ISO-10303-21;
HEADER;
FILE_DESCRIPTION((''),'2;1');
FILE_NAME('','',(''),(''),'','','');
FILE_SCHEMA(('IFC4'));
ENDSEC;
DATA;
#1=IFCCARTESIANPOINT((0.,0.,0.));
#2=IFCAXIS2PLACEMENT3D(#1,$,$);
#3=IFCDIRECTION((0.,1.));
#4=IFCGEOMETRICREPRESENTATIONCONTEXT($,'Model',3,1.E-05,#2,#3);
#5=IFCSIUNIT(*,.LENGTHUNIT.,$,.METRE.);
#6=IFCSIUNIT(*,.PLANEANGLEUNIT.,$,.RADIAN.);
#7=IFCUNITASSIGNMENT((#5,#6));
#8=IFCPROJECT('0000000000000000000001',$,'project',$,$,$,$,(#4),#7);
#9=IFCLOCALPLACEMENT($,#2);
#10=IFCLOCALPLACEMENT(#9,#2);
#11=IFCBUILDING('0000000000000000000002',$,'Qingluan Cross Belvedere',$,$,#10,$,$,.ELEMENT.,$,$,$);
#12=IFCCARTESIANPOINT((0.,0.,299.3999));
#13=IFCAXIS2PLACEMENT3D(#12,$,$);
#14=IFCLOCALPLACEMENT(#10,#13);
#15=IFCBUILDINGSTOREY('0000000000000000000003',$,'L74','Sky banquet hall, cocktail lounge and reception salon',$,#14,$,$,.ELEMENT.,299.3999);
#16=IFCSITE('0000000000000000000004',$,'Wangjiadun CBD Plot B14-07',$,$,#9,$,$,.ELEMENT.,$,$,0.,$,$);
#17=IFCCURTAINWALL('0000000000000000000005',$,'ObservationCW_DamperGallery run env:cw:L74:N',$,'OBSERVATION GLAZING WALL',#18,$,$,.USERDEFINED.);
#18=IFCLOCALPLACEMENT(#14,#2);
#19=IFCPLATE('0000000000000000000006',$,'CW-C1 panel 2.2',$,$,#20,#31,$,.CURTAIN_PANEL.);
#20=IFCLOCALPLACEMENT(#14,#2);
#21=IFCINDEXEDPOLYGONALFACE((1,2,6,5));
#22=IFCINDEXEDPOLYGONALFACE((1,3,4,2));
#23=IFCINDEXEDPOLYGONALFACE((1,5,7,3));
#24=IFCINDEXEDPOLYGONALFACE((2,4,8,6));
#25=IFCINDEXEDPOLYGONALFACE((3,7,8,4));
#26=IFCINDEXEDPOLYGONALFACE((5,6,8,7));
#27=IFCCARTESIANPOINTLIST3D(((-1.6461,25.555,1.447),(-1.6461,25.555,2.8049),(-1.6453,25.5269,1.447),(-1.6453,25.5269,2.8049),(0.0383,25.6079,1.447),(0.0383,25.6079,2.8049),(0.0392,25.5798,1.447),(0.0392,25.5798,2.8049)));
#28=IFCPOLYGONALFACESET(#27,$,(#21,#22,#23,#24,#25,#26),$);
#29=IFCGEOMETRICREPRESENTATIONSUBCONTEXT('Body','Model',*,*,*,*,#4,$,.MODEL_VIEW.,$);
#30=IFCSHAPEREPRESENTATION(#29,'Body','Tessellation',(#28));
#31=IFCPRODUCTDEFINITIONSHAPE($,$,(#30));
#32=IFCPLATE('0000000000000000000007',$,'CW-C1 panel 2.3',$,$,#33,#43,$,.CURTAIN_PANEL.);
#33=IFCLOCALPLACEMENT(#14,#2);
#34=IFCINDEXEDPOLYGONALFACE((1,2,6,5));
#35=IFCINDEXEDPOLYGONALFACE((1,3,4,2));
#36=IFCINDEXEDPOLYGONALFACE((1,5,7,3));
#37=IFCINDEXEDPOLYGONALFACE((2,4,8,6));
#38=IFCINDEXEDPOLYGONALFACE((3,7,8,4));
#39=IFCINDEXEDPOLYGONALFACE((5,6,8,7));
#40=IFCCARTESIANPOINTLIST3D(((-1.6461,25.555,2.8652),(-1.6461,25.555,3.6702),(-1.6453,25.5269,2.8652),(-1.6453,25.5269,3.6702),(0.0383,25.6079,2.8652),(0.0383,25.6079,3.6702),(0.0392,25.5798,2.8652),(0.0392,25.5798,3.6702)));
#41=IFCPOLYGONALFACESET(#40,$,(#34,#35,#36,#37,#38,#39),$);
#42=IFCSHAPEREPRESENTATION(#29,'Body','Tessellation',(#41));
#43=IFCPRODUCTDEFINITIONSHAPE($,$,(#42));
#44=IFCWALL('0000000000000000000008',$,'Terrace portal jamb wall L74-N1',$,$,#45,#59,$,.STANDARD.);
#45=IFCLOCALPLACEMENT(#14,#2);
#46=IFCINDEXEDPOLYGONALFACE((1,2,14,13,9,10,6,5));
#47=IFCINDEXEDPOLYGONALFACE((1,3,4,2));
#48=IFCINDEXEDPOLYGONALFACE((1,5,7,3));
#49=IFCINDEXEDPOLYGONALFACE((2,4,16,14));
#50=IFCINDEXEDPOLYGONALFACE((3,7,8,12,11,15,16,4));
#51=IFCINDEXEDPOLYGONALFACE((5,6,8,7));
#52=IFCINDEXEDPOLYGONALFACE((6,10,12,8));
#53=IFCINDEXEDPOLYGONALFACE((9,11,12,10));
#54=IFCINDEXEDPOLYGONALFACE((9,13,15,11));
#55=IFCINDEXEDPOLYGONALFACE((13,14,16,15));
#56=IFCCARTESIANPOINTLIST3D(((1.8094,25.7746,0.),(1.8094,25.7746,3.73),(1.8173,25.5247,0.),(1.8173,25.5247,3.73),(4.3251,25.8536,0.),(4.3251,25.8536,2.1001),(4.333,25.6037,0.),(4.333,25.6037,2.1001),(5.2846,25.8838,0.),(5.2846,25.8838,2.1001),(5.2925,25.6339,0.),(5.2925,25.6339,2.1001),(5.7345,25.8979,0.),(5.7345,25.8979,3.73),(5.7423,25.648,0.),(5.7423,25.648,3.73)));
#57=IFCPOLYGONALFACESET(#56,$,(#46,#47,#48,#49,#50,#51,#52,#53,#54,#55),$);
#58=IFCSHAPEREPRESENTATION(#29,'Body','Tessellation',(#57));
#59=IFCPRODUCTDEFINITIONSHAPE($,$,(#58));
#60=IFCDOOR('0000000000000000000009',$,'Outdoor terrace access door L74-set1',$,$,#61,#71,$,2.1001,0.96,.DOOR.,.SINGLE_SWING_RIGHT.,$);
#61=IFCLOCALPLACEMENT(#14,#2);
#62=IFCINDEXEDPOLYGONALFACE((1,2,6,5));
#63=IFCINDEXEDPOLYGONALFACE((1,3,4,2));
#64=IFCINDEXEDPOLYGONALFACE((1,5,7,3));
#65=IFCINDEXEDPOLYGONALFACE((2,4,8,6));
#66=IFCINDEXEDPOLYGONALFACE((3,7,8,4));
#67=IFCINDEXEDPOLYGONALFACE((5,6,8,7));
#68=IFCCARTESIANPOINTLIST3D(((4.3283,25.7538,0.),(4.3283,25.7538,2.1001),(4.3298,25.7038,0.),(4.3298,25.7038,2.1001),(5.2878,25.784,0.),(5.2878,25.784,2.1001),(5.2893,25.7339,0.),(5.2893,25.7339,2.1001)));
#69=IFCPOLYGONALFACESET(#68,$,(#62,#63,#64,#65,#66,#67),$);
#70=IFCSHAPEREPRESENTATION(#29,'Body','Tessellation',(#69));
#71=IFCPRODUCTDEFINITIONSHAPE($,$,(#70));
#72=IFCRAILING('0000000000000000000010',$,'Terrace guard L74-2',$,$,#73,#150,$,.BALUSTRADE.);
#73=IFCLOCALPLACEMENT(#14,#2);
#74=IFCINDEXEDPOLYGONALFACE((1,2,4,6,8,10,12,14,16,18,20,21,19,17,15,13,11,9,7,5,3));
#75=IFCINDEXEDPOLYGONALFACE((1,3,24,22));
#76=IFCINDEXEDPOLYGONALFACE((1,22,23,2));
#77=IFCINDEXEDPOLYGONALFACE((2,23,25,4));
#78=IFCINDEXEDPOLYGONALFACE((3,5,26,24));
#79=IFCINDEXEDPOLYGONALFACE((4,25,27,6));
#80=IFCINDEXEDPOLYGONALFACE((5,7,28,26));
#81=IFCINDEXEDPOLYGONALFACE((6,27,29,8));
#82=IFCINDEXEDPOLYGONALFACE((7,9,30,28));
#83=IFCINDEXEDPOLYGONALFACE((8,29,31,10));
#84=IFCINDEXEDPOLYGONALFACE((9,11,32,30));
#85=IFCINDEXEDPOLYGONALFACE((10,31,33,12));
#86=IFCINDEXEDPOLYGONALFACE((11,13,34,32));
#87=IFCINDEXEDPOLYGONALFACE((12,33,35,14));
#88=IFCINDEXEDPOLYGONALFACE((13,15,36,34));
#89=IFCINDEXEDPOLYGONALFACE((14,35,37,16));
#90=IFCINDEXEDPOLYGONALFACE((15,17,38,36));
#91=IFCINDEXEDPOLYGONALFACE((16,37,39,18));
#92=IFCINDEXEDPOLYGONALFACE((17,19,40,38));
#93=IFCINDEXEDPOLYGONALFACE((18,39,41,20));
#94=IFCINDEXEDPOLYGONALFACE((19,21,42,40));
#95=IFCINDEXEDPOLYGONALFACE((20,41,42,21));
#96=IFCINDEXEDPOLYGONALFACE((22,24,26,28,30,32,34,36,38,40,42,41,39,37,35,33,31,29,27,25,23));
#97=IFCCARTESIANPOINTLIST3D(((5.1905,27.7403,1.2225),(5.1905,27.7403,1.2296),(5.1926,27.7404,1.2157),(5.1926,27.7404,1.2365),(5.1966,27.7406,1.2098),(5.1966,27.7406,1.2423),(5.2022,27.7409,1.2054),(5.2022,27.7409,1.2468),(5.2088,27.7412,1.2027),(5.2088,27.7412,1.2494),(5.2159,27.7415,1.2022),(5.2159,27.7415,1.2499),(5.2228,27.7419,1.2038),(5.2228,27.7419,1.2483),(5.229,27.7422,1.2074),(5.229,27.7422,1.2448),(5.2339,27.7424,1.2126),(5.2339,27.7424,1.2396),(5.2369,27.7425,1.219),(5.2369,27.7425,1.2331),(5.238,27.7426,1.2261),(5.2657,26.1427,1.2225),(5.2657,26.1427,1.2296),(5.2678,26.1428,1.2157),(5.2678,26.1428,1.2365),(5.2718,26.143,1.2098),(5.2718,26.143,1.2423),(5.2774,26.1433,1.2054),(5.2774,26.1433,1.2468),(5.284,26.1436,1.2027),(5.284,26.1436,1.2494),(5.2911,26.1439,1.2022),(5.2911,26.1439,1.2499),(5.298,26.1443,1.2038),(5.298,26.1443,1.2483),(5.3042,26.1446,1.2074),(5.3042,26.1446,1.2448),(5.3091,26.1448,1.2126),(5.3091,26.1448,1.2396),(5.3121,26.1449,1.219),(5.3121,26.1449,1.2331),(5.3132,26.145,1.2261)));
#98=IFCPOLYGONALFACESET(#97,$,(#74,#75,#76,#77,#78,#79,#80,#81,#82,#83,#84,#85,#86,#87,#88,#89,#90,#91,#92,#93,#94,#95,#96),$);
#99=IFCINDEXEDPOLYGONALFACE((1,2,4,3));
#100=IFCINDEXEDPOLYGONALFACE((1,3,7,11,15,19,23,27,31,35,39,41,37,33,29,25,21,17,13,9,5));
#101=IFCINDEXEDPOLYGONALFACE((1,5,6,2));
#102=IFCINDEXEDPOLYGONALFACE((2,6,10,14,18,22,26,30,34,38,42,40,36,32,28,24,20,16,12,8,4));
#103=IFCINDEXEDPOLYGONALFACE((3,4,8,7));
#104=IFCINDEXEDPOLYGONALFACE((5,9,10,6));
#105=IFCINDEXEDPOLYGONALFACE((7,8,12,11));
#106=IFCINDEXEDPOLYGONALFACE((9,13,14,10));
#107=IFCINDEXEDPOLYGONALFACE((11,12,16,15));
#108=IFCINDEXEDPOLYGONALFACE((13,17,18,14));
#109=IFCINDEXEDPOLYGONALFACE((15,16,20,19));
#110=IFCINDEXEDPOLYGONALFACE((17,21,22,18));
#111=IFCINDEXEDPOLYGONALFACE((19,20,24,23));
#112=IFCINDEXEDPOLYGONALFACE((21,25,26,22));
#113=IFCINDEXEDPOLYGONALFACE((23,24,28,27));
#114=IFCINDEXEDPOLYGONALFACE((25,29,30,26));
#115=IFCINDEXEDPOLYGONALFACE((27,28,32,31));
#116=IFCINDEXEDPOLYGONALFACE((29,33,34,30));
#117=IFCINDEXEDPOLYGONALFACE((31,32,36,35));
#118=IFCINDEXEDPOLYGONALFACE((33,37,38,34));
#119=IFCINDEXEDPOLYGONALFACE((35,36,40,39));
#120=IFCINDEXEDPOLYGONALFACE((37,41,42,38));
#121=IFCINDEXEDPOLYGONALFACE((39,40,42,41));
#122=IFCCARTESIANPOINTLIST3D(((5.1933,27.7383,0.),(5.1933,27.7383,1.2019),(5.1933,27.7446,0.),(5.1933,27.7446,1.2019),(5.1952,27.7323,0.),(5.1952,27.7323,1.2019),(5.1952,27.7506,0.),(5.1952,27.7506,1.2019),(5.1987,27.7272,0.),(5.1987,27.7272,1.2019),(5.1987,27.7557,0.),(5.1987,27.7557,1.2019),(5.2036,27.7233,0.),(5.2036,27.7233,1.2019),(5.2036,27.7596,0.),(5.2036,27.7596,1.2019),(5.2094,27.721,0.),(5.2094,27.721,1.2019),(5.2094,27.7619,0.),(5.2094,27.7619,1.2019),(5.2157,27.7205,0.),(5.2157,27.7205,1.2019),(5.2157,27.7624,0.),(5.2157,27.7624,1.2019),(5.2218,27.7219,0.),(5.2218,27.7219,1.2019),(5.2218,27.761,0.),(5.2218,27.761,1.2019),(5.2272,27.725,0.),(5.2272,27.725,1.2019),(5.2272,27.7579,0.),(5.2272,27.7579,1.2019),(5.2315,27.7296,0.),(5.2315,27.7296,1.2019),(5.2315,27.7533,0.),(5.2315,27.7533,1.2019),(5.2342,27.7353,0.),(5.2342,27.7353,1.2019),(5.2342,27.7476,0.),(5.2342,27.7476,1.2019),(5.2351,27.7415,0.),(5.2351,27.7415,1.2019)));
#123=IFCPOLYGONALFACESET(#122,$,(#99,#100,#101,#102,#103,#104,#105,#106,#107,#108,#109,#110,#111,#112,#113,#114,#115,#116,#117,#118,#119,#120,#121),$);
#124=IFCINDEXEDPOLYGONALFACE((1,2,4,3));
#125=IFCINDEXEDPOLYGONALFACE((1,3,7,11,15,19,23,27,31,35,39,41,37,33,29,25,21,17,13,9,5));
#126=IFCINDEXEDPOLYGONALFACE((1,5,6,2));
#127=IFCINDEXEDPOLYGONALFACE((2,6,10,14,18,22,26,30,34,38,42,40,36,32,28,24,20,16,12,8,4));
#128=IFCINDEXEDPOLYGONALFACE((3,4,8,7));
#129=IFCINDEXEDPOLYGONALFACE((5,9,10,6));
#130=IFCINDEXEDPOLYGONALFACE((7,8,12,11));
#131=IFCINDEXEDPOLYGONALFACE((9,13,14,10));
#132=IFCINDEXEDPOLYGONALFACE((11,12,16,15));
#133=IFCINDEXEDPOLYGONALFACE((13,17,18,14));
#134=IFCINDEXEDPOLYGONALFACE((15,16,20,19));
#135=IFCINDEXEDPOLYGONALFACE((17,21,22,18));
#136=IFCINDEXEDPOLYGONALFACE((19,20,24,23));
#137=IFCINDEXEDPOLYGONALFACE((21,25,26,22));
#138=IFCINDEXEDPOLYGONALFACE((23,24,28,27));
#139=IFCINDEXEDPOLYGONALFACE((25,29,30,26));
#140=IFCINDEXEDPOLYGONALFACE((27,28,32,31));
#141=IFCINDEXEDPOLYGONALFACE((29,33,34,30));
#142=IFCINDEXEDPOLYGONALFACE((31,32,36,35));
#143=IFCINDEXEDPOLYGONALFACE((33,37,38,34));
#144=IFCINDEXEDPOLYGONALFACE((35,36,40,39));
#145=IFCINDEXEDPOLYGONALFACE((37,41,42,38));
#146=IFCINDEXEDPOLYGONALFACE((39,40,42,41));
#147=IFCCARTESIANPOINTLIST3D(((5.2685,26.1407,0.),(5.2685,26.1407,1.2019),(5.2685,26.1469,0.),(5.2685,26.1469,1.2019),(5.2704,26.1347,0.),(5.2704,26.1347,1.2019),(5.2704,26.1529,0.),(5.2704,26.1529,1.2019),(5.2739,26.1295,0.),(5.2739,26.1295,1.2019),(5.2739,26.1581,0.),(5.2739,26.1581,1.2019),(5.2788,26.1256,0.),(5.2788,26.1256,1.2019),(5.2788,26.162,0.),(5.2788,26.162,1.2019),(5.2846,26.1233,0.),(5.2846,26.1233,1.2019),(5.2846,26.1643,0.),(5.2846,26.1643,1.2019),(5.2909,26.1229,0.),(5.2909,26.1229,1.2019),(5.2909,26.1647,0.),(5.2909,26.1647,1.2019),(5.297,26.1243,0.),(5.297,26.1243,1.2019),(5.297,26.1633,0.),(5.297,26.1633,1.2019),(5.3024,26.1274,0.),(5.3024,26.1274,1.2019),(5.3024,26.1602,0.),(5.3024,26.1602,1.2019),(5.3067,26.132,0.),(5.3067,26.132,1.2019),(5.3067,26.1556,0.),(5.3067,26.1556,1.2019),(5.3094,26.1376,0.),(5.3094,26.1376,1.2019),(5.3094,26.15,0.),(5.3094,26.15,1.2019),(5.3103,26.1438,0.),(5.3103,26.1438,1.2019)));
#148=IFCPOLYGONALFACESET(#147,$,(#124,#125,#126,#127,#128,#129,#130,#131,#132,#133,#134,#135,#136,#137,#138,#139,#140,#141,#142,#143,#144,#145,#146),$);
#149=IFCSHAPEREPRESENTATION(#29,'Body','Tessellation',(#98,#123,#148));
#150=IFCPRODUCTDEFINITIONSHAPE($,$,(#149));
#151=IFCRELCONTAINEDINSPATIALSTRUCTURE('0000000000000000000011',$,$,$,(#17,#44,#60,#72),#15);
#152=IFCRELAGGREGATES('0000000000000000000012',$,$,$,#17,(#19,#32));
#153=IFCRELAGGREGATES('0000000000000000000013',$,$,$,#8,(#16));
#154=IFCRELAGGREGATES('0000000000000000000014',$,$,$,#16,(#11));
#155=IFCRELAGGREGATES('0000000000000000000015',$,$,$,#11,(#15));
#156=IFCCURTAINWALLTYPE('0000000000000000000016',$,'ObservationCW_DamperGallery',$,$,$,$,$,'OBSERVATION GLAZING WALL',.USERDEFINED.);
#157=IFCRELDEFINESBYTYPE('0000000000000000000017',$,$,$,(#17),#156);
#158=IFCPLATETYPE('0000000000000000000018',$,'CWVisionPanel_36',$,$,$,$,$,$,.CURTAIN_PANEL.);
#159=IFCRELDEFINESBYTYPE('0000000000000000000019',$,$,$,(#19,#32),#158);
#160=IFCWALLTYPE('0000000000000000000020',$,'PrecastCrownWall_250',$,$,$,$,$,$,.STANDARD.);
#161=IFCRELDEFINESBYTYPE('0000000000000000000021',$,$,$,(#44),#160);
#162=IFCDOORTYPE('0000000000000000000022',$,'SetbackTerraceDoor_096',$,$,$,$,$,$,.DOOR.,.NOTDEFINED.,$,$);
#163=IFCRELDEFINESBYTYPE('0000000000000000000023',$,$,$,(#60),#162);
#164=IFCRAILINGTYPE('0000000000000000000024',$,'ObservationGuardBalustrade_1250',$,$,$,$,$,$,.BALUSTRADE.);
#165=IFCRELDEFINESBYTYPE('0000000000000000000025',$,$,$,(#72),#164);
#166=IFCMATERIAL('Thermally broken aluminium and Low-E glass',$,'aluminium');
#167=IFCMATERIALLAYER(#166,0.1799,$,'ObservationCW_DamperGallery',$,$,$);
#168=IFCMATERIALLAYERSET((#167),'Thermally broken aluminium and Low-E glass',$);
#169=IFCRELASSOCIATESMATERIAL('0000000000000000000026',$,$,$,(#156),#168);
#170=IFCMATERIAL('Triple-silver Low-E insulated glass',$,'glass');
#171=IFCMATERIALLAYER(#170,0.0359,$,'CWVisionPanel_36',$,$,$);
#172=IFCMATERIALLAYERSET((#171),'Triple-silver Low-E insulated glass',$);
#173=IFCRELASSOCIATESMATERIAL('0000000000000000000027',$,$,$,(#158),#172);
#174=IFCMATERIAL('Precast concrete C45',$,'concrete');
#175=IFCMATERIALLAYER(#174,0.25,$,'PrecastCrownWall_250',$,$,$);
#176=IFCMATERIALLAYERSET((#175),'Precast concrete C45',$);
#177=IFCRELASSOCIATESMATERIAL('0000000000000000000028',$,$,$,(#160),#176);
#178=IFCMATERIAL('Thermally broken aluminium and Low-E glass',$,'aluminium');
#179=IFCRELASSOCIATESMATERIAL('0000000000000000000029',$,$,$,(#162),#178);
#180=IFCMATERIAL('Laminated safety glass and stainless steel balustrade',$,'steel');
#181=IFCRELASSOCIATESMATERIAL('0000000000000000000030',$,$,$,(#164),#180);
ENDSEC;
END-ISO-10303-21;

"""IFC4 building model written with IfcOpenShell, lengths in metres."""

from ifc_helpers import new_model, si_unit, direction, frame, frame_2d, origin, origin_2d, place, context, subcontext, project, spatial, rectangle, circle, extrude, material, layer, layer_set, type_object, element, fill, aggregate, save


model = new_model("IFC4")

# Units and contexts
model_context = context("Model", 3, precision=1e-05, world=origin(), true_north=direction((0.0, 1.0)))
body_context = subcontext(model_context, "Body", "Model", "MODEL_VIEW")
ifc_project = project(units=[si_unit("LENGTHUNIT", "METRE"), si_unit("PLANEANGLEUNIT", "RADIAN")], contexts=[model_context])

# Site, building, storey
site_placement = place(None, origin())
site = spatial("IfcSite", under=ifc_project, at=site_placement, Name="Wangjiadun CBD Plot B14-07", CompositionType="ELEMENT", RefElevation=0.0)
building_placement = place(site_placement, origin())
building = spatial("IfcBuilding", under=site, at=building_placement, Name="Qingluan Cross Belvedere", CompositionType="ELEMENT")
storey_placement = place(building_placement, frame((0.0, 0.0, 299.3999)))
storey = spatial("IfcBuildingStorey", under=building, at=storey_placement, Name="L74", Description="Sky banquet hall, cocktail lounge and reception salon", CompositionType="ELEMENT", Elevation=299.3999)

# Curtain wall, plates
ifc_material_1 = material(Name="Thermally broken aluminium and Low-E glass", Category="aluminium")
ifc_layer_1 = layer(ifc_material_1, 0.1799, Name="ObservationCW_DamperGallery")
ifc_layer_set_1 = layer_set([ifc_layer_1], Name="Thermally broken aluminium and Low-E glass")
curtain_wall_type = type_object("IfcCurtainWallType", Name="ObservationCW_DamperGallery", ElementType="OBSERVATION GLAZING WALL", PredefinedType="USERDEFINED", material=ifc_layer_set_1)
curtain_wall_placement = place(storey_placement, origin())
curtain_wall = element("IfcCurtainWall", 1, at=curtain_wall_placement, inside=storey, type_object=curtain_wall_type, Name="ObservationCW_DamperGallery run env:cw:L74:N", ObjectType="OBSERVATION GLAZING WALL", PredefinedType="USERDEFINED")
ifc_material_2 = material(Name="Triple-silver Low-E insulated glass", Category="glass")
ifc_layer_2 = layer(ifc_material_2, 0.0359, Name="CWVisionPanel_36")
ifc_layer_set_2 = layer_set([ifc_layer_2], Name="Triple-silver Low-E insulated glass")
plate_type = type_object("IfcPlateType", Name="CWVisionPanel_36", PredefinedType="CURTAIN_PANEL", material=ifc_layer_set_2)
plate_1_placement = place(storey_placement, frame((-0.8035, 25.5674, 1.447), z_axis=(0.0, 0.0, 1.0), x_axis=(-0.999507, -0.031398, 0.0)))
plate_1 = element("IfcPlate", 2, at=plate_1_placement, type_object=plate_type, Name="CW-C1 panel 2.2", PredefinedType="CURTAIN_PANEL", context=body_context, shape_type="SweptSolid", body=[
    extrude(rectangle(XDim=1.6853, YDim=0.0281, at=origin_2d()), origin(), (0.0, 0.0, 1.0), 1.3579),
])
plate_2_placement = place(storey_placement, frame((-0.8035, 25.5674, 2.8652), z_axis=(0.0, 0.0, 1.0), x_axis=(-0.999507, -0.031398, 0.0)))
plate_2 = element("IfcPlate", 3, at=plate_2_placement, type_object=plate_type, Name="CW-C1 panel 2.3", PredefinedType="CURTAIN_PANEL", context=body_context, shape_type="SweptSolid", body=[
    extrude(rectangle(XDim=1.6853, YDim=0.0281, at=origin_2d()), origin(), (0.0, 0.0, 1.0), 0.8049),
])
aggregate(curtain_wall, [plate_1, plate_2])

# Wall, opening, door
ifc_material_3 = material(Name="Precast concrete C45", Category="concrete")
ifc_layer_3 = layer(ifc_material_3, 0.25, Name="PrecastCrownWall_250")
ifc_layer_set_3 = layer_set([ifc_layer_3], Name="Precast concrete C45")
wall_type = type_object("IfcWallType", Name="PrecastCrownWall_250", PredefinedType="STANDARD", material=ifc_layer_set_3)
wall_placement = place(storey_placement, frame((5.7383, 25.7729, 0.0), z_axis=(0.0, 0.0, 1.0), x_axis=(-0.999507, -0.031396, 0.0)))
wall = element("IfcWall", 4, at=wall_placement, inside=storey, type_object=wall_type, Name="Terrace portal jamb wall L74-N1", PredefinedType="STANDARD", context=body_context, shape_type="SweptSolid", body=[
    extrude(rectangle(XDim=3.927, YDim=0.25, at=frame_2d((1.9634, 0.0))), origin(), (0.0, 0.0, 1.0), 3.73),
])
opening_placement = place(wall_placement, frame((0.45, 0.0, 0.0)))
opening = element("IfcOpeningElement", 5, at=opening_placement, cuts=wall, PredefinedType="OPENING", context=body_context, shape_type="SweptSolid", body=[
    extrude(rectangle(XDim=0.96, YDim=2.1001, at=frame_2d((0.48, 1.05))), frame((0.0, 0.135, 0.0), z_axis=(0.0, -1.0, 0.0), x_axis=(1.0, 0.0, 0.0)), (0.0, 0.0, 1.0), 0.27),
])
ifc_material_4 = material(Name="Thermally broken aluminium and Low-E glass", Category="aluminium")
door_type = type_object("IfcDoorType", Name="SetbackTerraceDoor_096", OperationType="NOTDEFINED", PredefinedType="DOOR", material=ifc_material_4)
door_placement = place(opening_placement, origin())
door = element("IfcDoor", 6, at=door_placement, inside=storey, type_object=door_type, Name="Outdoor terrace access door L74-set1", OperationType="SINGLE_SWING_RIGHT", OverallHeight=2.1001, OverallWidth=0.96, PredefinedType="DOOR", context=body_context, shape_type="SweptSolid", body=[
    extrude(rectangle(XDim=0.96, YDim=2.1001, at=frame_2d((0.48, 1.05))), frame((0.0, 0.0249, 0.0), z_axis=(0.0, -1.0, 0.0), x_axis=(1.0, 0.0, 0.0)), (0.0, 0.0, 1.0), 0.05),
])
fill(opening, door)

# Railing
ifc_material_5 = material(Name="Laminated safety glass and stainless steel balustrade", Category="steel")
railing_type = type_object("IfcRailingType", Name="ObservationGuardBalustrade_1250", PredefinedType="BALUSTRADE", material=ifc_material_5)
railing_placement = place(storey_placement, frame((5.2141, 27.7415, 0.0)))
element("IfcRailing", 7, at=railing_placement, inside=storey, type_object=railing_type, Name="Terrace guard L74-2", PredefinedType="BALUSTRADE", context=body_context, shape_type="SweptSolid", body=[
    extrude(circle(Radius=0.0239, at=origin_2d()), frame((0.0, 0.0, 1.2261), z_axis=(0.047014, -0.998894, 0.0), x_axis=(0.998894, 0.047014, 0.0)), (0.0, 0.0, 1.0), 1.5994),
    extrude(circle(Radius=0.021, at=origin_2d()), origin(), (0.0, 0.0, 1.0), 1.2019),
    extrude(circle(Radius=0.021, at=origin_2d()), frame((0.0752, -1.5977, 0.0)), (0.0, 0.0, 1.0), 1.2019),
])

save(model, "model.ifc")
